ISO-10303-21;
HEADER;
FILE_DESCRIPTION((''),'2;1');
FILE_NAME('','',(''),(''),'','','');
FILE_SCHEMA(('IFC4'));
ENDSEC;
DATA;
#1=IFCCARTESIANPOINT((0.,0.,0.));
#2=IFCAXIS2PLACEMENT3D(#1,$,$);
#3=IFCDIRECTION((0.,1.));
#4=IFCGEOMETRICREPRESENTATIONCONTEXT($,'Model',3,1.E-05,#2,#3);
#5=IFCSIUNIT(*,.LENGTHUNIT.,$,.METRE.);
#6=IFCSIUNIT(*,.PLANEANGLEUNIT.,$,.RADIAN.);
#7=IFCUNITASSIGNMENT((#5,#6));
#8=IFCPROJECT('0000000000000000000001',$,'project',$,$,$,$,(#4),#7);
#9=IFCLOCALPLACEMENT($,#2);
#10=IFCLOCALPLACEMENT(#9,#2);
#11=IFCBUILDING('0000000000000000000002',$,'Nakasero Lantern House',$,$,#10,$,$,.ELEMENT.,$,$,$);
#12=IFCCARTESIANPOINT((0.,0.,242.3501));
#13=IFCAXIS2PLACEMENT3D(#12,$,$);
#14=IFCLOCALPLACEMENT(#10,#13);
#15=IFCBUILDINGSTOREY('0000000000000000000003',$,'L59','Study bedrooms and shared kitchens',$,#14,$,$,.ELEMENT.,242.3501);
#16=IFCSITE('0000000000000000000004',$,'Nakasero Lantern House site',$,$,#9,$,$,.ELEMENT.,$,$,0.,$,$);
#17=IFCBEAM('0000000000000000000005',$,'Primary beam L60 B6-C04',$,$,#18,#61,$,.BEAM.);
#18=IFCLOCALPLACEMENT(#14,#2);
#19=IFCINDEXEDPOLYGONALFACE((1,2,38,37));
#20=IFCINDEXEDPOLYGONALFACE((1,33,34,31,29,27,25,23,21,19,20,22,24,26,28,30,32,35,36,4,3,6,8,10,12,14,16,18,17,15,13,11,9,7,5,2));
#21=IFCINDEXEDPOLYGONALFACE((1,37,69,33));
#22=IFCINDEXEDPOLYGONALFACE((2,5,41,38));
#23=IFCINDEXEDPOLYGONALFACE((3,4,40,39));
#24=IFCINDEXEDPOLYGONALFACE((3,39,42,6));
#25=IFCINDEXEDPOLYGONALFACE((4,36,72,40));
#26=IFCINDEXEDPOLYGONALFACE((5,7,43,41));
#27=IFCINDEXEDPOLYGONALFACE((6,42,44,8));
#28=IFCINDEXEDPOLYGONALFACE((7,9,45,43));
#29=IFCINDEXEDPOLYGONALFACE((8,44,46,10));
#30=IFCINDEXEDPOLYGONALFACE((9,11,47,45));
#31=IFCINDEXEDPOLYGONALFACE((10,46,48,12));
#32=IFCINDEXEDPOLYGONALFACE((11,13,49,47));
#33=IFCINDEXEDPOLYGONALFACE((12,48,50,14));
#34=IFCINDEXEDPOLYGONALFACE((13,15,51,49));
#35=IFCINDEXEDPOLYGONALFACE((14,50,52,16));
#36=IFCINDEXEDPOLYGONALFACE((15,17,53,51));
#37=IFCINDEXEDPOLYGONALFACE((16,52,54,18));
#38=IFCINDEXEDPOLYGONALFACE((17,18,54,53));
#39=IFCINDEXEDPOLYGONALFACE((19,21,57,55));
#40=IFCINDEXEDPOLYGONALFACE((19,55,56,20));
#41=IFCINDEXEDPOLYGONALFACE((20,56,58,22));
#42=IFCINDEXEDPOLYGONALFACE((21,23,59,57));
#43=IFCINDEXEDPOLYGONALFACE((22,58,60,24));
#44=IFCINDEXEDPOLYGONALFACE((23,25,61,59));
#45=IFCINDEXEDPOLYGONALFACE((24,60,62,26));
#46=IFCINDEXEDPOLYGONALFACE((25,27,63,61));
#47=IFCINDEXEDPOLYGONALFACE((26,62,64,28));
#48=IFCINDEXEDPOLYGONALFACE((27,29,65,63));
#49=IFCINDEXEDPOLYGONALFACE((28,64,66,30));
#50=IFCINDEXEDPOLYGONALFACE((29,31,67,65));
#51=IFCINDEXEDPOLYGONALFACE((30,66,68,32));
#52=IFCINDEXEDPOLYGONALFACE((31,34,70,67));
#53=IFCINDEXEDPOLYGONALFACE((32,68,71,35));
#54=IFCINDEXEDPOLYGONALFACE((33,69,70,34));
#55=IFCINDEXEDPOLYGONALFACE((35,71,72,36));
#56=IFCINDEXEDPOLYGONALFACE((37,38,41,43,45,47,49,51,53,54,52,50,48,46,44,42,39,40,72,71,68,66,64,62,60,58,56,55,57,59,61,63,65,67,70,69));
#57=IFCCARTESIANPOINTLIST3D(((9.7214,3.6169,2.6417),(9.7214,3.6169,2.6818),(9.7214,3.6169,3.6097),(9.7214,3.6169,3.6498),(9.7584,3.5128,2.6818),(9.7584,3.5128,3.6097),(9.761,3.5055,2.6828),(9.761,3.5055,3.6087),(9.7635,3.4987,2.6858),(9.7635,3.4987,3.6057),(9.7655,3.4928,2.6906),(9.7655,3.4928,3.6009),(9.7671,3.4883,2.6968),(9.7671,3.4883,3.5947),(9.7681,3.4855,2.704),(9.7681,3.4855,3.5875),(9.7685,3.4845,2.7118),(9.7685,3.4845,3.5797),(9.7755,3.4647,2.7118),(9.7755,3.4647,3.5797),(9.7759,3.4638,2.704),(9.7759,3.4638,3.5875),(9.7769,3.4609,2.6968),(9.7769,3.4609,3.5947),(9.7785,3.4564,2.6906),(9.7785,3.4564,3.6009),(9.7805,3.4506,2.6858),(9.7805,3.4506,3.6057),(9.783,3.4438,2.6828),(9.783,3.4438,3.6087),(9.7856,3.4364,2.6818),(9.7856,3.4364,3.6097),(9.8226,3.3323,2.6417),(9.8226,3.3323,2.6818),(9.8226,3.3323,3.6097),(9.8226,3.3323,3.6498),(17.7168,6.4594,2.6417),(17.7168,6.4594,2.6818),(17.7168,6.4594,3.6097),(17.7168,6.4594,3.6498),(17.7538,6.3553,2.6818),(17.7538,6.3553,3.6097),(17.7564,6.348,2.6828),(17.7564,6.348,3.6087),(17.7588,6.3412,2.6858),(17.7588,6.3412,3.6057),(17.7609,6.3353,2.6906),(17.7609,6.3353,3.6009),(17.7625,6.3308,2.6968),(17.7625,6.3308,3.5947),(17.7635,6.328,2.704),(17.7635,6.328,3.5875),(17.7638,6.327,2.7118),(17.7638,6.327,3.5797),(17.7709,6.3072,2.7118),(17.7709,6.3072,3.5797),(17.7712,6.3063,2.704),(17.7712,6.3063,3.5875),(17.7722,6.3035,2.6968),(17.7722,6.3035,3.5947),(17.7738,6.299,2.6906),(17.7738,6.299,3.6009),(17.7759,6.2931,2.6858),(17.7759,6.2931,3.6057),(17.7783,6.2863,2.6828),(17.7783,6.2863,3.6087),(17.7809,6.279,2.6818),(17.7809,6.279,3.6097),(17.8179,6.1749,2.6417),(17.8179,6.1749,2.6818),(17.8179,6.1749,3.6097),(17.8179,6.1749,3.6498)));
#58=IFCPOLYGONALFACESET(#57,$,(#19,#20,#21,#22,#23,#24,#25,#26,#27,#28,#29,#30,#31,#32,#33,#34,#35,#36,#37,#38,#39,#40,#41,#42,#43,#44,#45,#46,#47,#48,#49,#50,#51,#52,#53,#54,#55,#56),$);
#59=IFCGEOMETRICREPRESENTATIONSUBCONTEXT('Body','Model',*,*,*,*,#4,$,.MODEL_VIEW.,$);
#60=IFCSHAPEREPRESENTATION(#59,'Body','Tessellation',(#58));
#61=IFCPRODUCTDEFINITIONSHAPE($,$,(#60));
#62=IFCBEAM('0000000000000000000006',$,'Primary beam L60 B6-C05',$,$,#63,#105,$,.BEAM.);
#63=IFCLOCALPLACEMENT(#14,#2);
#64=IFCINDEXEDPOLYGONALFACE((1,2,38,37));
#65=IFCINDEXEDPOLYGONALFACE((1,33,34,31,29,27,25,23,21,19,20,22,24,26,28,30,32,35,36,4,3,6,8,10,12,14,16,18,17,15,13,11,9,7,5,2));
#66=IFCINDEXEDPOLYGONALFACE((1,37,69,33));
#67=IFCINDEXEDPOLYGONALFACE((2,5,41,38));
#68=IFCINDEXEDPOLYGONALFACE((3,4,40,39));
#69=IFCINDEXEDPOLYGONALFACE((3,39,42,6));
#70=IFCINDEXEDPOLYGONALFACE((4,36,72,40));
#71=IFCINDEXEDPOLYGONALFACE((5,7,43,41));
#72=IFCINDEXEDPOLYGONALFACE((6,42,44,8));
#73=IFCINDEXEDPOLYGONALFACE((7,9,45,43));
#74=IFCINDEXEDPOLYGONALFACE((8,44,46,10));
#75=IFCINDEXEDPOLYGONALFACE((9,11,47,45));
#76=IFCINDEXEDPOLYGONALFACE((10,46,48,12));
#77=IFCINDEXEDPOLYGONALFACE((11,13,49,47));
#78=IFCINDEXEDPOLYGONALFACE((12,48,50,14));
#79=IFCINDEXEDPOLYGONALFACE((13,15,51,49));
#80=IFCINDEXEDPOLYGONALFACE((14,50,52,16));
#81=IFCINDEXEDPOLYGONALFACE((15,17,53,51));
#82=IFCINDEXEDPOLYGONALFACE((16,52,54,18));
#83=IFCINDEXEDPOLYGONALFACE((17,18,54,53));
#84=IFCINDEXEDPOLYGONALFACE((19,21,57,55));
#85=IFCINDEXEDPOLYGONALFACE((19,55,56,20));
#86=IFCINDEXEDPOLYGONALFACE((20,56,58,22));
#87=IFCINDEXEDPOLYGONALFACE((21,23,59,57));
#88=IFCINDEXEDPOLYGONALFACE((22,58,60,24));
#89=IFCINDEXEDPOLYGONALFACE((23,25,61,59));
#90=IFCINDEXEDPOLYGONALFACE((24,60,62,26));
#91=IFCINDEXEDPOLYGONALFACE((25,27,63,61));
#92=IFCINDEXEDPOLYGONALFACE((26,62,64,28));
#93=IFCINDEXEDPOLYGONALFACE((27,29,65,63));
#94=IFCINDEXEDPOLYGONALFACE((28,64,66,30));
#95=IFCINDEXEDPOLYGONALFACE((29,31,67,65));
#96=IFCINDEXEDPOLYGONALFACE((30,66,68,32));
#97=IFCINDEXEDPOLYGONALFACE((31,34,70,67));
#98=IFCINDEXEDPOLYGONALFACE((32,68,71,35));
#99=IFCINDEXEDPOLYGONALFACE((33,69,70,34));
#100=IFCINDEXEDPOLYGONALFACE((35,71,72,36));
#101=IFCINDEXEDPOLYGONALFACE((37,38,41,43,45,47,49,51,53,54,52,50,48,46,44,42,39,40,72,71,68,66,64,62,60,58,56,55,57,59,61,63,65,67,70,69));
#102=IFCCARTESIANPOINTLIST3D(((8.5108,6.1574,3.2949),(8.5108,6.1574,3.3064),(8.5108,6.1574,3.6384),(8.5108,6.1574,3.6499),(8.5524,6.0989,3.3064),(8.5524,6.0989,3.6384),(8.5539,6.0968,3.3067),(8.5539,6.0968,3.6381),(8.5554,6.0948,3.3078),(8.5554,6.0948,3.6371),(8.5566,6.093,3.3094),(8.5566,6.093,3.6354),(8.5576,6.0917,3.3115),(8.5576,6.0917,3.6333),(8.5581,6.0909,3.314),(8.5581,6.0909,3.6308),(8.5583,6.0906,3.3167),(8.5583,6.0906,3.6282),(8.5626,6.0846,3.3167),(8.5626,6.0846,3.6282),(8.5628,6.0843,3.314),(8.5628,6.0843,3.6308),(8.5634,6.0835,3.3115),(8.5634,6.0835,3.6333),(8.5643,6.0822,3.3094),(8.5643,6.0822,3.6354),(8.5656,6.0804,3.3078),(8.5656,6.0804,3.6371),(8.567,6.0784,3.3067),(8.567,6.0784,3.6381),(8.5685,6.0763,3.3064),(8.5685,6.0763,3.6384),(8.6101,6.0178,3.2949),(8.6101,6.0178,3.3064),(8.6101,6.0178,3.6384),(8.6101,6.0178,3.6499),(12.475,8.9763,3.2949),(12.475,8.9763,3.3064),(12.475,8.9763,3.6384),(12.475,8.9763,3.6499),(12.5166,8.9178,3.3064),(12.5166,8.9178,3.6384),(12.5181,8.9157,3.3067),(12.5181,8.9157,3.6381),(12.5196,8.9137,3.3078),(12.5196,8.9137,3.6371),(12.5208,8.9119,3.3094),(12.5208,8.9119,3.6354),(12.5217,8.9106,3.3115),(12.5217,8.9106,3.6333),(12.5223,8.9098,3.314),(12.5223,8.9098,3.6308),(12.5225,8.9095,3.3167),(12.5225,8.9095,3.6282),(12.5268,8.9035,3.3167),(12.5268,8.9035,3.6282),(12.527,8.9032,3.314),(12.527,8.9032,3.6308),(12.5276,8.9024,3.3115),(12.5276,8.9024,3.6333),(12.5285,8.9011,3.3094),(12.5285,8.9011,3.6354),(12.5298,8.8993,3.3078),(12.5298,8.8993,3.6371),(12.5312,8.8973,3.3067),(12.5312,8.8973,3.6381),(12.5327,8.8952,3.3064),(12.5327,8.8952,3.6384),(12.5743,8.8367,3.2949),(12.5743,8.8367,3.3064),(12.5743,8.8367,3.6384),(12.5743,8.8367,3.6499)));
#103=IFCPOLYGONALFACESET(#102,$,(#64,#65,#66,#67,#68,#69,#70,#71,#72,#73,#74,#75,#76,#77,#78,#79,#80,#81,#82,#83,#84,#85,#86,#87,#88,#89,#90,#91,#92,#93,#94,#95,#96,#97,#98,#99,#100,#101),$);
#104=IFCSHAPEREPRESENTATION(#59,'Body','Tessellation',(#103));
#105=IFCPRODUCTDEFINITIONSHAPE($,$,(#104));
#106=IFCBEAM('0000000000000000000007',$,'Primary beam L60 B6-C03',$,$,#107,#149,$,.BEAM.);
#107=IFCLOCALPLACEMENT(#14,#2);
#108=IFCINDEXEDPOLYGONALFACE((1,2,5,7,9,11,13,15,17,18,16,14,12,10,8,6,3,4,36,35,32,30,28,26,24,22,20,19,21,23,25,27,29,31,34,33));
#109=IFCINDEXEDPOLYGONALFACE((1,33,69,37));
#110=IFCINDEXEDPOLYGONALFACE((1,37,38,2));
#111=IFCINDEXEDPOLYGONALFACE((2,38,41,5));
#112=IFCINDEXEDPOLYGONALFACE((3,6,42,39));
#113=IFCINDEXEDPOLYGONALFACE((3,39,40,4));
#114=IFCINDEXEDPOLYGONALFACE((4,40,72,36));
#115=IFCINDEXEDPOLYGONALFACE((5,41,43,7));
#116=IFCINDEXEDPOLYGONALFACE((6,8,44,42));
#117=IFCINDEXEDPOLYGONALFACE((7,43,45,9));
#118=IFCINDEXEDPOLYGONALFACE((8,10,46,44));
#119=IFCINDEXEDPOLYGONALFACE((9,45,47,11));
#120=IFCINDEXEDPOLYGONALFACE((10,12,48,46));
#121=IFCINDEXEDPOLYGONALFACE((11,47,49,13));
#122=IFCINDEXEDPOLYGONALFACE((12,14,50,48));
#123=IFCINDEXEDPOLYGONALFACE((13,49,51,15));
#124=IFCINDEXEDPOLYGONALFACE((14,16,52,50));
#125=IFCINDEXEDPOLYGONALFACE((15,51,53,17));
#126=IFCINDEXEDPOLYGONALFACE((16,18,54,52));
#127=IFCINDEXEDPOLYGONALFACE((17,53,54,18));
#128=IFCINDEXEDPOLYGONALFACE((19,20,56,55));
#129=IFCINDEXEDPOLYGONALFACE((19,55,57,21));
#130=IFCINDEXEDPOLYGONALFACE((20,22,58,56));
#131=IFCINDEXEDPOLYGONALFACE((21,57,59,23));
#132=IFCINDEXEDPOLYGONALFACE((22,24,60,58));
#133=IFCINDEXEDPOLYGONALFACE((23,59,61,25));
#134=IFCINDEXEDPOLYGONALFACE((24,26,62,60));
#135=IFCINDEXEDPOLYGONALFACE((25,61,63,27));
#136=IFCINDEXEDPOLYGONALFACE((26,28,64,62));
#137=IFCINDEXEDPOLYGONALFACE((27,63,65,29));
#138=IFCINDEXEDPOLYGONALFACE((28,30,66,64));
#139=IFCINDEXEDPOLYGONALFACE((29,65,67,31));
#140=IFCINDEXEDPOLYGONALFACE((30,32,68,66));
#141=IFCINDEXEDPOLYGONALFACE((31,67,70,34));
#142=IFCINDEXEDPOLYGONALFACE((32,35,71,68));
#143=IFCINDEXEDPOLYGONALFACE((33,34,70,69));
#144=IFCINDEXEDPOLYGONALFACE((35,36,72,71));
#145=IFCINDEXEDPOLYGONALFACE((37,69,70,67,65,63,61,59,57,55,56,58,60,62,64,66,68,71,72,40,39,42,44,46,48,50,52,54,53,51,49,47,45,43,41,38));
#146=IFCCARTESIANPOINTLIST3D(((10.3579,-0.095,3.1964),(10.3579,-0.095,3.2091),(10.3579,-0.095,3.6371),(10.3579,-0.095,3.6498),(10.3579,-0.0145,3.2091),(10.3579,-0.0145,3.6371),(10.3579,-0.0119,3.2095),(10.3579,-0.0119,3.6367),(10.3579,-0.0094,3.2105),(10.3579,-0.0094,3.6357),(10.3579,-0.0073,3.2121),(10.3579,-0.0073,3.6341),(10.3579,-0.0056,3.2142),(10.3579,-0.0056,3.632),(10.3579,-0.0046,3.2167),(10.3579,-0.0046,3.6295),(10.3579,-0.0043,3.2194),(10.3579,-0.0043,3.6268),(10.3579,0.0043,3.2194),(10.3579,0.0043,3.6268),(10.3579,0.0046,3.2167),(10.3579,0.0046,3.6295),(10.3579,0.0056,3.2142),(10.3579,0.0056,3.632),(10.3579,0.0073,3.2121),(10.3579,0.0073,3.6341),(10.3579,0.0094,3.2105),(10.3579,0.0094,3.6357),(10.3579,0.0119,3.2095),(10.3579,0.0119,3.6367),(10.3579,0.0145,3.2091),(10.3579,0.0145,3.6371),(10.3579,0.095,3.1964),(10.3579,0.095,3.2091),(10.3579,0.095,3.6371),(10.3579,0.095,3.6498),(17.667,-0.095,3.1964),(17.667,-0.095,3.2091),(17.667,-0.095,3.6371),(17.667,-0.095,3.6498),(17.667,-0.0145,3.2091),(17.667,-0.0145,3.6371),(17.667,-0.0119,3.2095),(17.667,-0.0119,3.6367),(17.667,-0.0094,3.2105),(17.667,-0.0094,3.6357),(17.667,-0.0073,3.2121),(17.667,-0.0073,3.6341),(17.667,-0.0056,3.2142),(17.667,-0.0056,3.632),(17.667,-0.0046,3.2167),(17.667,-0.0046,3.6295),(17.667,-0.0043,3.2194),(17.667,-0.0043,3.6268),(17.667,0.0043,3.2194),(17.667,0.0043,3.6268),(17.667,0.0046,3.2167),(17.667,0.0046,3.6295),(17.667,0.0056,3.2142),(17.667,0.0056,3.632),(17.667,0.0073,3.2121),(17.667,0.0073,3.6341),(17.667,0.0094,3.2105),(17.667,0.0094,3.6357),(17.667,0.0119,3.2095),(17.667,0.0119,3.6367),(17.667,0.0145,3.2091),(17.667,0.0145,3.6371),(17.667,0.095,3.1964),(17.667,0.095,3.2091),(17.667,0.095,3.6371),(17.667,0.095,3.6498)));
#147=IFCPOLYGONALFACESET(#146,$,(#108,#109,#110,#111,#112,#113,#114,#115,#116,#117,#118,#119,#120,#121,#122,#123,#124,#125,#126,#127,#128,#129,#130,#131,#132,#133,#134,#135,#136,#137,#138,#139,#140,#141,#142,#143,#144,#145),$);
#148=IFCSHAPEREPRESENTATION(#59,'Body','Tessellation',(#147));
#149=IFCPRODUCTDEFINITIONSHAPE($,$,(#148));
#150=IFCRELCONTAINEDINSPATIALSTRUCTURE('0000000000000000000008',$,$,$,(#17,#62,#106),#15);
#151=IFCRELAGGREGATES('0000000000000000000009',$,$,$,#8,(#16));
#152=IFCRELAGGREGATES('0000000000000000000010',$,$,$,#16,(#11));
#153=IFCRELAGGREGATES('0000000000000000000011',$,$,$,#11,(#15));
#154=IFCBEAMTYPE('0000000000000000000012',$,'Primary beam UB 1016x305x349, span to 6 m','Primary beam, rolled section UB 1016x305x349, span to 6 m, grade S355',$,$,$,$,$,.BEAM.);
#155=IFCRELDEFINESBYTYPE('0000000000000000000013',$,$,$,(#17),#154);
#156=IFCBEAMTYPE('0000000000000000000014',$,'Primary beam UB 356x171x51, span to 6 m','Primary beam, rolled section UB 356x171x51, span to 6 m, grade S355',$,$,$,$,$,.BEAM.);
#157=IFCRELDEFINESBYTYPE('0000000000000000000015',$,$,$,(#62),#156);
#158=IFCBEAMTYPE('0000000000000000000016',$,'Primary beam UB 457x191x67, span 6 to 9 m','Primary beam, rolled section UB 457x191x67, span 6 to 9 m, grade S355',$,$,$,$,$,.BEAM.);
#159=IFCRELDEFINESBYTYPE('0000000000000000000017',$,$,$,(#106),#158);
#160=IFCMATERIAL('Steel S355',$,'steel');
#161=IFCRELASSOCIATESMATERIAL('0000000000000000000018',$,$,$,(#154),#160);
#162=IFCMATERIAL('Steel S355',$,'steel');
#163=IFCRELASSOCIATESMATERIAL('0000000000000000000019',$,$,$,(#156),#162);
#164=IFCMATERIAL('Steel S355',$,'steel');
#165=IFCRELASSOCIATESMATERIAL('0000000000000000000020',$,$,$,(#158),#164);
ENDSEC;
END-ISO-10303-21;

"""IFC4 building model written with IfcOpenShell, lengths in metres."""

from ifc_helpers import new_model, si_unit, direction, frame, origin, origin_2d, place, context, subcontext, project, spatial, i_section, extrude, material, material_profile, profile_set, type_object, element, save


model = new_model("IFC4")

# Units and contexts
model_context = context("Model", 3, precision=1e-05, world=origin(), true_north=direction((0.0, 1.0)))
body_context = subcontext(model_context, "Body", "Model", "MODEL_VIEW")
ifc_project = project(units=[si_unit("LENGTHUNIT", "METRE"), si_unit("PLANEANGLEUNIT", "RADIAN")], contexts=[model_context])

# Site, building, storey
site_placement = place(None, origin())
site = spatial("IfcSite", under=ifc_project, at=site_placement, Name="Nakasero Lantern House site", CompositionType="ELEMENT", RefElevation=0.0)
building_placement = place(site_placement, origin())
building = spatial("IfcBuilding", under=site, at=building_placement, Name="Nakasero Lantern House", CompositionType="ELEMENT")
storey_placement = place(building_placement, frame((0.0, 0.0, 242.3501)))
storey = spatial("IfcBuildingStorey", under=building, at=storey_placement, Name="L59", Description="Study bedrooms and shared kitchens", CompositionType="ELEMENT", Elevation=242.3501)

# Beams
ifc_material_1 = material(Name="Steel S355", Category="steel")
ifc_material_profile_1 = material_profile(ifc_material_1, i_section(OverallWidth=0.302, OverallDepth=1.0081, WebThickness=0.021, FlangeThickness=0.04, FilletRadius=0.03, at=origin_2d()), Name="UB 1016x305x349")
ifc_profile_set_1 = profile_set([ifc_material_profile_1], Name="Steel S355")
beam_type_1 = type_object("IfcBeamType", Name="Primary beam UB 1016x305x349, span to 6 m", Description="Primary beam, rolled section UB 1016x305x349, span to 6 m, grade S355", PredefinedType="BEAM", material=ifc_profile_set_1)
beam_1_placement = place(storey_placement, frame((17.7673, 6.3171, 3.1458), z_axis=(-0.942225, -0.334982, 0.0), x_axis=(0.334982, -0.942225, 0.0)))
element("IfcBeam", 1, at=beam_1_placement, inside=storey, type_object=beam_type_1, Name="Primary beam L60 B6-C04", PredefinedType="BEAM", context=body_context, shape_type="SweptSolid", body=[
    extrude(i_section(OverallWidth=0.302, OverallDepth=1.0081, WebThickness=0.021, FlangeThickness=0.04, FilletRadius=0.03, at=origin_2d()), origin(), (0.0, 0.0, 1.0), 8.4856),
])
ifc_material_2 = material(Name="Steel S355", Category="steel")
ifc_material_profile_2 = material_profile(ifc_material_2, i_section(OverallWidth=0.1714, OverallDepth=0.355, WebThickness=0.0073, FlangeThickness=0.0115, FilletRadius=0.0103, at=origin_2d()), Name="UB 356x171x51")
ifc_profile_set_2 = profile_set([ifc_material_profile_2], Name="Steel S355")
beam_type_2 = type_object("IfcBeamType", Name="Primary beam UB 356x171x51, span to 6 m", Description="Primary beam, rolled section UB 356x171x51, span to 6 m, grade S355", PredefinedType="BEAM", material=ifc_profile_set_2)
beam_2_placement = place(storey_placement, frame((12.5247, 8.9065, 3.4724), z_axis=(-0.814963, -0.579513, 0.0), x_axis=(0.579513, -0.814963, 0.0)))
element("IfcBeam", 2, at=beam_2_placement, inside=storey, type_object=beam_type_2, Name="Primary beam L60 B6-C05", PredefinedType="BEAM", context=body_context, shape_type="SweptSolid", body=[
    extrude(i_section(OverallWidth=0.1714, OverallDepth=0.355, WebThickness=0.0073, FlangeThickness=0.0115, FilletRadius=0.0103, at=origin_2d()), origin(), (0.0, 0.0, 1.0), 4.8643),
])
ifc_material_3 = material(Name="Steel S355", Category="steel")
ifc_material_profile_3 = material_profile(ifc_material_3, i_section(OverallWidth=0.1899, OverallDepth=0.4534, WebThickness=0.0085, FlangeThickness=0.0127, FilletRadius=0.0103, at=origin_2d()), Name="UB 457x191x67")
ifc_profile_set_3 = profile_set([ifc_material_profile_3], Name="Steel S355")
beam_type_3 = type_object("IfcBeamType", Name="Primary beam UB 457x191x67, span 6 to 9 m", Description="Primary beam, rolled section UB 457x191x67, span 6 to 9 m, grade S355", PredefinedType="BEAM", material=ifc_profile_set_3)
beam_3_placement = place(storey_placement, frame((17.667, 0.0, 3.4231), z_axis=(-1.0, 0.0, 0.0), x_axis=(0.0, -1.0, 0.0)))
element("IfcBeam", 3, at=beam_3_placement, inside=storey, type_object=beam_type_3, Name="Primary beam L60 B6-C03", PredefinedType="BEAM", context=body_context, shape_type="SweptSolid", body=[
    extrude(i_section(OverallWidth=0.1899, OverallDepth=0.4534, WebThickness=0.0085, FlangeThickness=0.0127, FilletRadius=0.0103, at=origin_2d()), origin(), (0.0, 0.0, 1.0), 7.3091),
])

save(model, "model.ifc")
